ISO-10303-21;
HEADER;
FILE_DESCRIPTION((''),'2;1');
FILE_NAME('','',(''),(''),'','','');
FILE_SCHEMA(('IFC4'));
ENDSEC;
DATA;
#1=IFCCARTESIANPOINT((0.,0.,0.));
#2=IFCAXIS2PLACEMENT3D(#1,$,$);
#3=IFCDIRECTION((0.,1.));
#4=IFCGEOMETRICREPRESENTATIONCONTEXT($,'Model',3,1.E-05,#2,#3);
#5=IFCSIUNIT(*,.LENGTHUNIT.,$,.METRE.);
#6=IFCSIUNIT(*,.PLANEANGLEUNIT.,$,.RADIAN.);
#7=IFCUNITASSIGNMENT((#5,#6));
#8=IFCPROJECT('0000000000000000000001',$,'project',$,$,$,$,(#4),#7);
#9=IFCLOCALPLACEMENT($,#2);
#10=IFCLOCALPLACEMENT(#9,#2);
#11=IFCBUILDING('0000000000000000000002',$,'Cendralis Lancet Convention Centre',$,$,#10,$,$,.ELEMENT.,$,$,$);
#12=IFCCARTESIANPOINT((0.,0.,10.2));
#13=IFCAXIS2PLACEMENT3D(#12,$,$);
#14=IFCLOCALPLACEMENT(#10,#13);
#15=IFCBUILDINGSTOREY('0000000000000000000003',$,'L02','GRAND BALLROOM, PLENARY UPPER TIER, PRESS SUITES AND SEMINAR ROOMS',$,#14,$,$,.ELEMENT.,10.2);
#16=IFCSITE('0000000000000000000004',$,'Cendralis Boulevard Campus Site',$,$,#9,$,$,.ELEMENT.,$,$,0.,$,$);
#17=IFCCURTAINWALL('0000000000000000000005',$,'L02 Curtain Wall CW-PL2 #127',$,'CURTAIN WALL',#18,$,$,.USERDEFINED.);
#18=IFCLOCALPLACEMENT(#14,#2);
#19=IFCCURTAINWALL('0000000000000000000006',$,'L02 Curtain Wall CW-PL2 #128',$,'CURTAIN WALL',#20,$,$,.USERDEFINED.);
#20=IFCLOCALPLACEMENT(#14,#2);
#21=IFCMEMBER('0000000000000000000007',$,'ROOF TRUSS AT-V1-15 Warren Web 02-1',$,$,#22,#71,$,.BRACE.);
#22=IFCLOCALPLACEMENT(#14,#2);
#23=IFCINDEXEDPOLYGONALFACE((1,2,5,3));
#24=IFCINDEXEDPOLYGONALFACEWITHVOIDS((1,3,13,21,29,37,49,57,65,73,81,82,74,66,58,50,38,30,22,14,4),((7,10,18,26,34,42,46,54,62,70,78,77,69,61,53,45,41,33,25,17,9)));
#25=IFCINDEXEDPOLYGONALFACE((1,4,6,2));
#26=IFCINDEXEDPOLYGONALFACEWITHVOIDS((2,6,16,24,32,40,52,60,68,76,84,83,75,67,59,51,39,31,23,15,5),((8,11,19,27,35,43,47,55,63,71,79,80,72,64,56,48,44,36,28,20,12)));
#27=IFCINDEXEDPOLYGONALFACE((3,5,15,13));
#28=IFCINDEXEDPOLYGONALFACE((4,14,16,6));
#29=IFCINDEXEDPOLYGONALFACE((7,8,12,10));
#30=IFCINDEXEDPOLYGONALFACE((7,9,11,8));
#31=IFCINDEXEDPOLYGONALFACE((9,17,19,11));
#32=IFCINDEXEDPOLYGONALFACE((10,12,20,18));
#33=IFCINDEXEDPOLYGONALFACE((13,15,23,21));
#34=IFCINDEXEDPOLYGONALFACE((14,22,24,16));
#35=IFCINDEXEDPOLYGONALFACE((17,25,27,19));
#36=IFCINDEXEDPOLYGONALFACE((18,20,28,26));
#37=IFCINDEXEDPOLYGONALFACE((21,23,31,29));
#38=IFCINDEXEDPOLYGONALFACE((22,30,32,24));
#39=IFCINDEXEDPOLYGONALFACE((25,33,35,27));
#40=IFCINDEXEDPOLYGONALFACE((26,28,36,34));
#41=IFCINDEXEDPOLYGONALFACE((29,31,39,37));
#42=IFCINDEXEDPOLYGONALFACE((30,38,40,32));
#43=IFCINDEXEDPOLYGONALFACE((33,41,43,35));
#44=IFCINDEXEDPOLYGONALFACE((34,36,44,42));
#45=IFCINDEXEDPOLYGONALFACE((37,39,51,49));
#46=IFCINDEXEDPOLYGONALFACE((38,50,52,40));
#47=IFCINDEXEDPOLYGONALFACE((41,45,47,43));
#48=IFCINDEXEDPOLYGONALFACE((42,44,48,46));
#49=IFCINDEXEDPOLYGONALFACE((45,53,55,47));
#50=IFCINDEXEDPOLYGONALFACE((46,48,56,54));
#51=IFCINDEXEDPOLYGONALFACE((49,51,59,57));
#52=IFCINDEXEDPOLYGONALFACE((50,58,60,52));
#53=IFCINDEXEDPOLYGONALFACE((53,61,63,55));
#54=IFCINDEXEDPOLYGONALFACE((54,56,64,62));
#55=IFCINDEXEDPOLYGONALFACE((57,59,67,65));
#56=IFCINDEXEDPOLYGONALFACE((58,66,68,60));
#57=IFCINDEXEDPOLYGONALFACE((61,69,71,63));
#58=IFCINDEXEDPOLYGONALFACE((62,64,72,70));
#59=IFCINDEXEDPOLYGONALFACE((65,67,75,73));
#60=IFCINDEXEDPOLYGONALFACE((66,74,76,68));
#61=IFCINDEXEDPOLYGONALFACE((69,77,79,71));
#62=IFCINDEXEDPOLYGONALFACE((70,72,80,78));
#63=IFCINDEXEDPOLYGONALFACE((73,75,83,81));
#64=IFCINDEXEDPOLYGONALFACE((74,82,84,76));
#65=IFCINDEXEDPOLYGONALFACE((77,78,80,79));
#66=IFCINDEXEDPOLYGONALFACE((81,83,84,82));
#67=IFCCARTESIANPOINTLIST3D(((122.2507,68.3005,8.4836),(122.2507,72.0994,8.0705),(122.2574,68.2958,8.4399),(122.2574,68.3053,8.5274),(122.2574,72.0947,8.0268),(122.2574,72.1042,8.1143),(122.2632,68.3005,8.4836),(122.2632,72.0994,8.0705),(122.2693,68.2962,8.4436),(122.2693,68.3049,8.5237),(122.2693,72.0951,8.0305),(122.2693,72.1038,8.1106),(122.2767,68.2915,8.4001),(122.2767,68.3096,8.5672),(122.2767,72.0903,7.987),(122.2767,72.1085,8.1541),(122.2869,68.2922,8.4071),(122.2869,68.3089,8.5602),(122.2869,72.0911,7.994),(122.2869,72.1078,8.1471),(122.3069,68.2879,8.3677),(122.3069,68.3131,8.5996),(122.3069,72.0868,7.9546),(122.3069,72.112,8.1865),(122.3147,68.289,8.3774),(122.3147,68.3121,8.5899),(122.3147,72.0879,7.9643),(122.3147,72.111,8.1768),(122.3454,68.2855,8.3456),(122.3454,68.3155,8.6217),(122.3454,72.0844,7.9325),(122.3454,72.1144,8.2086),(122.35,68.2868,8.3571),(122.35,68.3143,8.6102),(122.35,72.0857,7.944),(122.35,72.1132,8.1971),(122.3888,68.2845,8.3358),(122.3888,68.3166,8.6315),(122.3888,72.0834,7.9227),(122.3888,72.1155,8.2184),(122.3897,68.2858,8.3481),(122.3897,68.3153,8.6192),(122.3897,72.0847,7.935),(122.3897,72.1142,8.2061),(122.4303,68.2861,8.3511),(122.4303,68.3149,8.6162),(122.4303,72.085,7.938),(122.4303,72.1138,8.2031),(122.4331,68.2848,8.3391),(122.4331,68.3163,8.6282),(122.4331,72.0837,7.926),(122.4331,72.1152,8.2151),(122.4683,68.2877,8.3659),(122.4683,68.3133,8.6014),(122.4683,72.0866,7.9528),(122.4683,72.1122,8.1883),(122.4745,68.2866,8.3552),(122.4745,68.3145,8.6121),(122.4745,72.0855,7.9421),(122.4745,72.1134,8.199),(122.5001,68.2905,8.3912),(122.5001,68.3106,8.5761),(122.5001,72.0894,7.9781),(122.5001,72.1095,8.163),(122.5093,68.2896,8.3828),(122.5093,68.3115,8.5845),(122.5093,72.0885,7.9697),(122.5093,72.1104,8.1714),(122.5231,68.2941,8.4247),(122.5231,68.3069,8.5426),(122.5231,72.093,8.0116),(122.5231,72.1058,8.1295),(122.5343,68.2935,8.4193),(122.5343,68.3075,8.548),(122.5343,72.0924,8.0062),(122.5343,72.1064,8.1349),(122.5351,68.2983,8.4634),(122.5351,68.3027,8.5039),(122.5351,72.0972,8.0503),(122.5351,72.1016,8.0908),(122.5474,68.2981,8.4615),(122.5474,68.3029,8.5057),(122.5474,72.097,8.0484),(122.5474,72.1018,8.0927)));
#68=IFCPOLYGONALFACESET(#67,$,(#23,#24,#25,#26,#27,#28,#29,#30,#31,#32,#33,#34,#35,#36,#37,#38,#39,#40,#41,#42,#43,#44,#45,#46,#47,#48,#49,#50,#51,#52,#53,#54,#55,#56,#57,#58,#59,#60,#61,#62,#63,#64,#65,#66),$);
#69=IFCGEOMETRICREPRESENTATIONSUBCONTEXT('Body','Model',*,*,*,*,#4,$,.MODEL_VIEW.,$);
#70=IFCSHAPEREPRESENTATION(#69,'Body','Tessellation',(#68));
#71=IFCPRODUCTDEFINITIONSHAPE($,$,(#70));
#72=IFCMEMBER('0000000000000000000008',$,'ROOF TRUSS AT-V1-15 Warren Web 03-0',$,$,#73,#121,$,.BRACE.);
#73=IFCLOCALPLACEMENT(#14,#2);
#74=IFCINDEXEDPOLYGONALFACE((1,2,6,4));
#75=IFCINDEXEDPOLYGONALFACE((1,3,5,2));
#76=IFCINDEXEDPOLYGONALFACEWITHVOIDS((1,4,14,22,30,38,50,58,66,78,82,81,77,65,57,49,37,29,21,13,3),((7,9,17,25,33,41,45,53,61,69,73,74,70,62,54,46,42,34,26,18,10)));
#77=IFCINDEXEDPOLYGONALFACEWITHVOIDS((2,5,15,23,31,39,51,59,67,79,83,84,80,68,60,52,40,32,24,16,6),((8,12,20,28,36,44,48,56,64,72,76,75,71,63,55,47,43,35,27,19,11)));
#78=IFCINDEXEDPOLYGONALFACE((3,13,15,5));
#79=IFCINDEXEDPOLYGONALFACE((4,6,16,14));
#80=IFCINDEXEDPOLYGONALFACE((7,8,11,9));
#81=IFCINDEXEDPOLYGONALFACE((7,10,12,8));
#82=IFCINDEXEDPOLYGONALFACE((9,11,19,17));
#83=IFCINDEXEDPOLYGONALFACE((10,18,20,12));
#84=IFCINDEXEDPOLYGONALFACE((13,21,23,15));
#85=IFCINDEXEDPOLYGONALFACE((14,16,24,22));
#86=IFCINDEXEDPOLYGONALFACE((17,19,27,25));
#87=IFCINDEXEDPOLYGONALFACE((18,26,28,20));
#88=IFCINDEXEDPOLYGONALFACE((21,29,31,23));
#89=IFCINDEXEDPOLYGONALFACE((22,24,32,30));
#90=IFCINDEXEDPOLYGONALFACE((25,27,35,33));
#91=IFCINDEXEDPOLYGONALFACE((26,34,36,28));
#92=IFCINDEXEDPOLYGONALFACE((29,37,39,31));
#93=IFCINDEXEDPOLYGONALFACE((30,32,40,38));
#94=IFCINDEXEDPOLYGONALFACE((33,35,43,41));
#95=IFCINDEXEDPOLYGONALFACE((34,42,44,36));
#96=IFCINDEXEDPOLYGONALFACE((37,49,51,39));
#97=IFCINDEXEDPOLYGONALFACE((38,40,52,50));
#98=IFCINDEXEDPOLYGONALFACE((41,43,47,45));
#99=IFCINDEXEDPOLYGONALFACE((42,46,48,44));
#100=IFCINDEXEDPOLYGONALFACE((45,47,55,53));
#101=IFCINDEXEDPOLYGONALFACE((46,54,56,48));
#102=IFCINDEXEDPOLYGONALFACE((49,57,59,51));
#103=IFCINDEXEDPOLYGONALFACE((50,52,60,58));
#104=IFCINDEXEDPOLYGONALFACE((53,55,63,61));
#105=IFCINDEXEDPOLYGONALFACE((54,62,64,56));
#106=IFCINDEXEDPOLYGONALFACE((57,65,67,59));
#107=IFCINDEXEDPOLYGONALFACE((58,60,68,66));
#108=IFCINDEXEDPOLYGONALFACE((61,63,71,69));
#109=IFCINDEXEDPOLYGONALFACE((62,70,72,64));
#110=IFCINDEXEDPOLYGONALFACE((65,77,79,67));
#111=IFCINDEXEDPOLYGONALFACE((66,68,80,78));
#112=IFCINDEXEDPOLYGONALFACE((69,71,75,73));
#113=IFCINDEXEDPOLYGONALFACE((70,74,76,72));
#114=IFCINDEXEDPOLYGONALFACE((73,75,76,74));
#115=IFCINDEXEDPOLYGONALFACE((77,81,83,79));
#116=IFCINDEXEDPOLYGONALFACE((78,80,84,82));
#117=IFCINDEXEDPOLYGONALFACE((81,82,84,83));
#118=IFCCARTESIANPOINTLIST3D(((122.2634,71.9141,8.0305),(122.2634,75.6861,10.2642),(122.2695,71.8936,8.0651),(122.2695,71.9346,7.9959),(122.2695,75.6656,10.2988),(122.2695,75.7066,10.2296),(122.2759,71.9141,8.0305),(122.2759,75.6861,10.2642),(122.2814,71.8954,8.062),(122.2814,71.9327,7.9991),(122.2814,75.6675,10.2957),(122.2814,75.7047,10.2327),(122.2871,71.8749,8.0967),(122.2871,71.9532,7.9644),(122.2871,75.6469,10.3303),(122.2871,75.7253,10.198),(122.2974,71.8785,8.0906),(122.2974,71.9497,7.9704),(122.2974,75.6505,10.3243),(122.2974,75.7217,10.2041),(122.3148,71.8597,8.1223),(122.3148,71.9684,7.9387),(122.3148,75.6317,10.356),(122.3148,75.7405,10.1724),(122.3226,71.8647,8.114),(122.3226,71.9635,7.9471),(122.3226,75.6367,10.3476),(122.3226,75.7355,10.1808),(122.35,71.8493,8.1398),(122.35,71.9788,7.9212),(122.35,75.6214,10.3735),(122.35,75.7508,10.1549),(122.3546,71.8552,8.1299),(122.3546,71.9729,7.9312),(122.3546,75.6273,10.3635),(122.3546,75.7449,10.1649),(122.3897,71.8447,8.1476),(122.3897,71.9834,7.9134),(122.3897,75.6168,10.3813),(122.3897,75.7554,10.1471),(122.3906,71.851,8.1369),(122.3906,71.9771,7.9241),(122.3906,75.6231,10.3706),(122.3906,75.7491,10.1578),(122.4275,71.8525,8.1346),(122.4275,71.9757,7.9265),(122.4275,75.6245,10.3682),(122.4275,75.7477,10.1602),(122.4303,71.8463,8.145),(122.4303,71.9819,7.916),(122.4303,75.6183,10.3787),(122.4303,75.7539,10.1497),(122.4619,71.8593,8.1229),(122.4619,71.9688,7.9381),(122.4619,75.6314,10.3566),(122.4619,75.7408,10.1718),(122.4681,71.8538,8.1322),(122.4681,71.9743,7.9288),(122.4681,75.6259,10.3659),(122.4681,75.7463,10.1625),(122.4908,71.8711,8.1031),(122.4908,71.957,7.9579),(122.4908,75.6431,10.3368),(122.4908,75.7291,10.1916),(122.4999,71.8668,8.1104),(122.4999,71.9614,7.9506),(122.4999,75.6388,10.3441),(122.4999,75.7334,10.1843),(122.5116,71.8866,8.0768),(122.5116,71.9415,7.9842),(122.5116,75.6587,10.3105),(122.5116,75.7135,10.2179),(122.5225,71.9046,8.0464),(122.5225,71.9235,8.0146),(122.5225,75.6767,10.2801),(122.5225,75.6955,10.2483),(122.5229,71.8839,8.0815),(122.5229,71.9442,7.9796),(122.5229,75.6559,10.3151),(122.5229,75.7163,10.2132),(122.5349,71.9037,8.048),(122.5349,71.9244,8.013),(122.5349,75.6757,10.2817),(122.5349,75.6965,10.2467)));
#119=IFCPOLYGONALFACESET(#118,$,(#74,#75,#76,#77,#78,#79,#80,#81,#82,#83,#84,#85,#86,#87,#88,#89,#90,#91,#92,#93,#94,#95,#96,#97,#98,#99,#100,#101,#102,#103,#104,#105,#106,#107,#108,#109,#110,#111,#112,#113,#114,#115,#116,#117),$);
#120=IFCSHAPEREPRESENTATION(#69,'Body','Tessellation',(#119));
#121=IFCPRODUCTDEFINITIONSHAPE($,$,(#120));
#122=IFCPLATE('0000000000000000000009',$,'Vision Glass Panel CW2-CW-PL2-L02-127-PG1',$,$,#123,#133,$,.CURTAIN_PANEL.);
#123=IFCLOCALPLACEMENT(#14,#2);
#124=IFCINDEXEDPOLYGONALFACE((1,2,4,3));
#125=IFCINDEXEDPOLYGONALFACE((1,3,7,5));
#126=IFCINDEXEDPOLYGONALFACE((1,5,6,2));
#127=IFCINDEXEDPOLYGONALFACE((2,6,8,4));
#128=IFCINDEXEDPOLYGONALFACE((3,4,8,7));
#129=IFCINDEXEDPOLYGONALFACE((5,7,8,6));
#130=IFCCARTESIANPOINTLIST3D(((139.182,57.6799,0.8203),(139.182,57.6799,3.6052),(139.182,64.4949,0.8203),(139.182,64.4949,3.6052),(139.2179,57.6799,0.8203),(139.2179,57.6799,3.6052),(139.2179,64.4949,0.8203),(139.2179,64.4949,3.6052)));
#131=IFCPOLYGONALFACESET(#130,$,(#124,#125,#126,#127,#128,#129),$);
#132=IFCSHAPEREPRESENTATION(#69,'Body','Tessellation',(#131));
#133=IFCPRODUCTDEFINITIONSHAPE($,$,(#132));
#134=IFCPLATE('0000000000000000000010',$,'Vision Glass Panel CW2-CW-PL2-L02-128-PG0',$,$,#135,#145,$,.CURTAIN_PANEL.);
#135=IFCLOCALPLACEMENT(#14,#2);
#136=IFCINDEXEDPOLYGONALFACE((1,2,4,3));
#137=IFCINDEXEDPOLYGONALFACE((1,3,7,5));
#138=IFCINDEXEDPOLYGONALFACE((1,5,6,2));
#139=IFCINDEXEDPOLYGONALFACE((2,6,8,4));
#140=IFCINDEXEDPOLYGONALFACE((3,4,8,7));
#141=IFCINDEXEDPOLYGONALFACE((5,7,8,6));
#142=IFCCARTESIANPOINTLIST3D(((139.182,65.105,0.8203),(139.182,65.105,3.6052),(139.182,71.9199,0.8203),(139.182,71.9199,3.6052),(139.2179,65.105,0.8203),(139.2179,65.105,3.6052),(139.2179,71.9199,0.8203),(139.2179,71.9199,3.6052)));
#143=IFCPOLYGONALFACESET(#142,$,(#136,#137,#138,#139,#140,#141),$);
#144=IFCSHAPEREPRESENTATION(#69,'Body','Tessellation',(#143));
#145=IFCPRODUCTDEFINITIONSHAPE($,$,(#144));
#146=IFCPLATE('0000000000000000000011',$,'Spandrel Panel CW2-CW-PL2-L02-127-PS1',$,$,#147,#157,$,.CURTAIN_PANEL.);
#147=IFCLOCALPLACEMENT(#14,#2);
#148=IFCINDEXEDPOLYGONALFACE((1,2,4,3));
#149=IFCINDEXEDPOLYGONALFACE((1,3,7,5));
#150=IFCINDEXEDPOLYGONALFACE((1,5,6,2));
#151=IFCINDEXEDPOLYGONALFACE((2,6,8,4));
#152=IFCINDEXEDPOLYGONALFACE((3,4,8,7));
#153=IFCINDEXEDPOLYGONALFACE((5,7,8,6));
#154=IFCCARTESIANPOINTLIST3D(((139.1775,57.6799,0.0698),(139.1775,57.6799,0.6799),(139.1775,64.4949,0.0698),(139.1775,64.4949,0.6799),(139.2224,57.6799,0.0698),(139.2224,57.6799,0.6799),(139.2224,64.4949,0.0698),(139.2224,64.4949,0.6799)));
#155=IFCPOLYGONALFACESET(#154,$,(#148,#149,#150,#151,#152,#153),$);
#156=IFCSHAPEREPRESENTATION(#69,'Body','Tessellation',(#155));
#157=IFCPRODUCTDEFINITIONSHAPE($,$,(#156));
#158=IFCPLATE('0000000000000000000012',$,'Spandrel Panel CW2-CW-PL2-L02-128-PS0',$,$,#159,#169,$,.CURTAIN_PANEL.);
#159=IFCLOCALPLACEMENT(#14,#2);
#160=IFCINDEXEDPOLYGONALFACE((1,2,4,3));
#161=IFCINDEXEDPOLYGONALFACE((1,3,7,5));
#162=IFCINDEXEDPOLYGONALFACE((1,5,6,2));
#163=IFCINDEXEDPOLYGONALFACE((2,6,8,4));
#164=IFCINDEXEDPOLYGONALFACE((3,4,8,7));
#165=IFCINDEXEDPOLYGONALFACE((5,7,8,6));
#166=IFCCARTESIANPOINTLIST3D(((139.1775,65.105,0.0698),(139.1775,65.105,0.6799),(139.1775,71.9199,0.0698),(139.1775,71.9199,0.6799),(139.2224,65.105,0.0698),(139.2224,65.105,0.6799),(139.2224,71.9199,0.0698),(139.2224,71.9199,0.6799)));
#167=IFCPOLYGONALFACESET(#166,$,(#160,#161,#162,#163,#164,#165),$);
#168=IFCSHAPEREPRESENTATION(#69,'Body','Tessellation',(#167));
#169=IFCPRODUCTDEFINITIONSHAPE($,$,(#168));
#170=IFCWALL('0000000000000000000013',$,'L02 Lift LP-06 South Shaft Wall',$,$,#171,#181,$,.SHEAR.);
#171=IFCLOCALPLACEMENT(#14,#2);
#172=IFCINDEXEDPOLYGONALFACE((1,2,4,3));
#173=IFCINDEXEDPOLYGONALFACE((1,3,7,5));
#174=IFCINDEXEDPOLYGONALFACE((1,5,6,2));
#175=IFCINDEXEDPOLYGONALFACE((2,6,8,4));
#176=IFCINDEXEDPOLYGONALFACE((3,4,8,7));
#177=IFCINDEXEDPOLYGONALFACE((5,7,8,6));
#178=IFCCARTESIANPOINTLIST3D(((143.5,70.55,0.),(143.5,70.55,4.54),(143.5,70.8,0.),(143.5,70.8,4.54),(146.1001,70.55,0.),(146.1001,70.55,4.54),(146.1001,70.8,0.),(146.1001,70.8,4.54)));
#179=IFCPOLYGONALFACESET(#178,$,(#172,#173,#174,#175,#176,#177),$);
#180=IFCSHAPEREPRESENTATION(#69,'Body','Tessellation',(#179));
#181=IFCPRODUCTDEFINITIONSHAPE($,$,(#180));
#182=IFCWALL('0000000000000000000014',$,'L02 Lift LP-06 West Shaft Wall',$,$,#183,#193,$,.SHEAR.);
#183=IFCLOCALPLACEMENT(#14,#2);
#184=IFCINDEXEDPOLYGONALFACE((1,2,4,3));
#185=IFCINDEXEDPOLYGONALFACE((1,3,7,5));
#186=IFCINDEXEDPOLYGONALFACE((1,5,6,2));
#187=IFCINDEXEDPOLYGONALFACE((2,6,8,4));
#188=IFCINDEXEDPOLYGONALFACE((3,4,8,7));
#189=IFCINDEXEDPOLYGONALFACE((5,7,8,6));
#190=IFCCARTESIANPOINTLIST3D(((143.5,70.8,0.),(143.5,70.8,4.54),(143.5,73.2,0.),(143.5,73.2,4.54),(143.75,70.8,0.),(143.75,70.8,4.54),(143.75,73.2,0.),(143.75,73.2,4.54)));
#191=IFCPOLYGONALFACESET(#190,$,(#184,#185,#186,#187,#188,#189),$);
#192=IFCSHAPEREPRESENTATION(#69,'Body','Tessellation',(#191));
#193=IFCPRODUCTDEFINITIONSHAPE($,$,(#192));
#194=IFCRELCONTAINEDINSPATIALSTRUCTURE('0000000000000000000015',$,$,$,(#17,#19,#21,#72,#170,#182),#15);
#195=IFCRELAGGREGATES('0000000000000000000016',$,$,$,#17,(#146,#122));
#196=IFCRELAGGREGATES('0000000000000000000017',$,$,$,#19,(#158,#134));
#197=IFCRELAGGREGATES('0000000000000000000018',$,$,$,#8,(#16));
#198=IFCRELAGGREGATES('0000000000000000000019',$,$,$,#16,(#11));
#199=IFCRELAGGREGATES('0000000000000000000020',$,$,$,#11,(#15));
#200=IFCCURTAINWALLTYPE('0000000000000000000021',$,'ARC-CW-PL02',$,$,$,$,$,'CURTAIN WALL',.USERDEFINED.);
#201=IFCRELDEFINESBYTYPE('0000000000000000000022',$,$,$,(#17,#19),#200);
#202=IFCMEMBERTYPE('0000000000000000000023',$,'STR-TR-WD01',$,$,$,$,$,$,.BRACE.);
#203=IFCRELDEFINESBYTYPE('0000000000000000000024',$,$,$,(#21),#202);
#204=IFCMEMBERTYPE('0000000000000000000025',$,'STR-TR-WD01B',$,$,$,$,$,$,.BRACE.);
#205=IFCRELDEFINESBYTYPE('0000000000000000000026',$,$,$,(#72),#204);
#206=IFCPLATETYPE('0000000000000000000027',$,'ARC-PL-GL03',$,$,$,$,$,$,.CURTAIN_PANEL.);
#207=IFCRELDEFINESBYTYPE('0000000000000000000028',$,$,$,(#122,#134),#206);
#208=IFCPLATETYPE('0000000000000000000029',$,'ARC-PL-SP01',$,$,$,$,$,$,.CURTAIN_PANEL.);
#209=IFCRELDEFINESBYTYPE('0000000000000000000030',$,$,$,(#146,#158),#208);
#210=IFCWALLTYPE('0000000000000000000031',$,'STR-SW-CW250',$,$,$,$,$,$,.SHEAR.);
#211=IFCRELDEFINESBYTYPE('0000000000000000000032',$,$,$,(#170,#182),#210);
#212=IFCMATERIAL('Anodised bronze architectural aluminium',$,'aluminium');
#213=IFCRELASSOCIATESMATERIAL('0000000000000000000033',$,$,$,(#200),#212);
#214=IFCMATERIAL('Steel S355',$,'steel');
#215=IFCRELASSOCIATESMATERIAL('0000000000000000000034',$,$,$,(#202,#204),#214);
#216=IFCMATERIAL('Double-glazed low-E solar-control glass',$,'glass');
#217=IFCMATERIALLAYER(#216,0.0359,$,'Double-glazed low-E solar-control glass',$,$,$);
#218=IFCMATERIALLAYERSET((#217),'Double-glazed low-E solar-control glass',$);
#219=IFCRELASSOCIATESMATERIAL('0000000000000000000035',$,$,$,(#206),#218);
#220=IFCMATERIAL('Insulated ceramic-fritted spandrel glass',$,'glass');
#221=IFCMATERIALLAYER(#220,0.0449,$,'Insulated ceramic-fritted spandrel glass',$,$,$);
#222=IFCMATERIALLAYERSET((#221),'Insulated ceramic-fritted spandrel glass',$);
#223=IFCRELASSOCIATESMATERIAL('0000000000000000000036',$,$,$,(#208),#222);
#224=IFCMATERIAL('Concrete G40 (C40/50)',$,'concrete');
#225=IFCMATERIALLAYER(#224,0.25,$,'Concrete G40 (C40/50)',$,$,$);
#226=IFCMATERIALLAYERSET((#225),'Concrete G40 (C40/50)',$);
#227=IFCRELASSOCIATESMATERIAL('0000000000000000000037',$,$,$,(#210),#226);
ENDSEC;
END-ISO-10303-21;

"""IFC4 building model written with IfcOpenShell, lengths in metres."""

from ifc_helpers import new_model, si_unit, direction, frame, frame_2d, origin, origin_2d, place, context, subcontext, project, spatial, rectangle, hollow_circle, extrude, material, layer, layer_set, material_profile, profile_set, type_object, element, aggregate, save


model = new_model("IFC4")

# Units and contexts
model_context = context("Model", 3, precision=1e-05, world=origin(), true_north=direction((0.0, 1.0)))
body_context = subcontext(model_context, "Body", "Model", "MODEL_VIEW")
ifc_project = project(units=[si_unit("LENGTHUNIT", "METRE"), si_unit("PLANEANGLEUNIT", "RADIAN")], contexts=[model_context])

# Site, building, storey
site_placement = place(None, origin())
site = spatial("IfcSite", under=ifc_project, at=site_placement, Name="Cendralis Boulevard Campus Site", CompositionType="ELEMENT", RefElevation=0.0)
building_placement = place(site_placement, origin())
building = spatial("IfcBuilding", under=site, at=building_placement, Name="Cendralis Lancet Convention Centre", CompositionType="ELEMENT")
storey_placement = place(building_placement, frame((0.0, 0.0, 10.2)))
storey = spatial("IfcBuildingStorey", under=building, at=storey_placement, Name="L02", Description="GRAND BALLROOM, PLENARY UPPER TIER, PRESS SUITES AND SEMINAR ROOMS", CompositionType="ELEMENT", Elevation=10.2)

# Shared definitions
ifc_material_1 = material(Name="Steel S355", Category="steel")

# Curtain wall
ifc_material_2 = material(Name="Anodised bronze architectural aluminium", Category="aluminium")
curtain_wall_type = type_object("IfcCurtainWallType", Name="ARC-CW-PL02", ElementType="CURTAIN WALL", PredefinedType="USERDEFINED", material=ifc_material_2)
curtain_wall_1_placement = place(storey_placement, origin())
curtain_wall_1 = element("IfcCurtainWall", 1, at=curtain_wall_1_placement, inside=storey, type_object=curtain_wall_type, Name="L02 Curtain Wall CW-PL2 #127", ObjectType="CURTAIN WALL", PredefinedType="USERDEFINED")

# Curtain wall
curtain_wall_2_placement = place(storey_placement, origin())
curtain_wall_2 = element("IfcCurtainWall", 2, at=curtain_wall_2_placement, inside=storey, type_object=curtain_wall_type, Name="L02 Curtain Wall CW-PL2 #128", ObjectType="CURTAIN WALL", PredefinedType="USERDEFINED")

# Shared definitions
ifc_material_3 = material(Name="Concrete G40 (C40/50)", Category="concrete")

# Members
ifc_material_profile_1 = material_profile(ifc_material_1, hollow_circle(Radius=0.1492, WallThickness=0.0125, at=origin_2d()), Name="CHS 298.5x12.5")
ifc_profile_set_1 = profile_set([ifc_material_profile_1], Name="Steel S355")
member_type_1 = type_object("IfcMemberType", Name="STR-TR-WD01", PredefinedType="BRACE", material=ifc_profile_set_1)
member_1_placement = place(storey_placement, frame((122.3999, 68.3005, 8.4836), z_axis=(0.0, 0.99414, -0.108103), x_axis=(-1.0, 0.0, 0.0)))
element("IfcMember", 3, at=member_1_placement, inside=storey, type_object=member_type_1, Name="ROOF TRUSS AT-V1-15 Warren Web 02-1", PredefinedType="BRACE", context=body_context, shape_type="SweptSolid", body=[
    extrude(hollow_circle(Radius=0.1492, WallThickness=0.0125, at=origin_2d()), origin(), (0.0, 0.0, 1.0), 3.8213),
])
ifc_material_profile_2 = material_profile(ifc_material_1, hollow_circle(Radius=0.1365, WallThickness=0.0125, at=origin_2d()), Name="CHS 273.0x12.5")
ifc_profile_set_2 = profile_set([ifc_material_profile_2], Name="Steel S355")
member_type_2 = type_object("IfcMemberType", Name="STR-TR-WD01B", PredefinedType="BRACE", material=ifc_profile_set_2)
member_2_placement = place(storey_placement, frame((122.3999, 71.9141, 8.0305), z_axis=(0.0, 0.860452, 0.509532), x_axis=(-1.0, 0.0, 0.0)))
element("IfcMember", 4, at=member_2_placement, inside=storey, type_object=member_type_2, Name="ROOF TRUSS AT-V1-15 Warren Web 03-0", PredefinedType="BRACE", context=body_context, shape_type="SweptSolid", body=[
    extrude(hollow_circle(Radius=0.1365, WallThickness=0.0125, at=origin_2d()), origin(), (0.0, 0.0, 1.0), 4.3838),
])

# Plates
ifc_material_4 = material(Name="Double-glazed low-E solar-control glass", Category="glass")
ifc_layer_1 = layer(ifc_material_4, 0.0359, Name="Double-glazed low-E solar-control glass")
ifc_layer_set_1 = layer_set([ifc_layer_1], Name="Double-glazed low-E solar-control glass")
plate_type_1 = type_object("IfcPlateType", Name="ARC-PL-GL03", PredefinedType="CURTAIN_PANEL", material=ifc_layer_set_1)
plate_1_placement = place(storey_placement, frame((139.2, 61.0874, 0.8203), z_axis=(0.0, 0.0, 1.0), x_axis=(0.0, 1.0, 0.0)))
plate_1 = element("IfcPlate", 5, at=plate_1_placement, type_object=plate_type_1, Name="Vision Glass Panel CW2-CW-PL2-L02-127-PG1", PredefinedType="CURTAIN_PANEL", context=body_context, shape_type="SweptSolid", body=[
    extrude(rectangle(XDim=6.8149, YDim=0.0359, at=origin_2d()), origin(), (0.0, 0.0, 1.0), 2.7849),
])
plate_2_placement = place(storey_placement, frame((139.2, 68.5125, 0.8203), z_axis=(0.0, 0.0, 1.0), x_axis=(0.0, 1.0, 0.0)))
plate_2 = element("IfcPlate", 6, at=plate_2_placement, type_object=plate_type_1, Name="Vision Glass Panel CW2-CW-PL2-L02-128-PG0", PredefinedType="CURTAIN_PANEL", context=body_context, shape_type="SweptSolid", body=[
    extrude(rectangle(XDim=6.8149, YDim=0.0359, at=origin_2d()), origin(), (0.0, 0.0, 1.0), 2.7849),
])
ifc_material_5 = material(Name="Insulated ceramic-fritted spandrel glass", Category="glass")
ifc_layer_2 = layer(ifc_material_5, 0.0449, Name="Insulated ceramic-fritted spandrel glass")
ifc_layer_set_2 = layer_set([ifc_layer_2], Name="Insulated ceramic-fritted spandrel glass")
plate_type_2 = type_object("IfcPlateType", Name="ARC-PL-SP01", PredefinedType="CURTAIN_PANEL", material=ifc_layer_set_2)
plate_3_placement = place(storey_placement, frame((139.2, 61.0874, 0.0698), z_axis=(0.0, 0.0, 1.0), x_axis=(0.0, 1.0, 0.0)))
plate_3 = element("IfcPlate", 7, at=plate_3_placement, type_object=plate_type_2, Name="Spandrel Panel CW2-CW-PL2-L02-127-PS1", PredefinedType="CURTAIN_PANEL", context=body_context, shape_type="SweptSolid", body=[
    extrude(rectangle(XDim=6.8149, YDim=0.0449, at=origin_2d()), origin(), (0.0, 0.0, 1.0), 0.6101),
])
aggregate(curtain_wall_1, [plate_3, plate_1])
plate_4_placement = place(storey_placement, frame((139.2, 68.5125, 0.0698), z_axis=(0.0, 0.0, 1.0), x_axis=(0.0, 1.0, 0.0)))
plate_4 = element("IfcPlate", 8, at=plate_4_placement, type_object=plate_type_2, Name="Spandrel Panel CW2-CW-PL2-L02-128-PS0", PredefinedType="CURTAIN_PANEL", context=body_context, shape_type="SweptSolid", body=[
    extrude(rectangle(XDim=6.8149, YDim=0.0449, at=origin_2d()), origin(), (0.0, 0.0, 1.0), 0.6101),
])
aggregate(curtain_wall_2, [plate_4, plate_2])

# Walls
ifc_layer_3 = layer(ifc_material_3, 0.25, Name="Concrete G40 (C40/50)")
ifc_layer_set_3 = layer_set([ifc_layer_3], Name="Concrete G40 (C40/50)")
wall_type_1 = type_object("IfcWallType", Name="STR-SW-CW250", PredefinedType="SHEAR", material=ifc_layer_set_3)
wall_1_placement = place(storey_placement, frame((143.5, 70.675, 0.0), z_axis=(0.0, 0.0, 1.0), x_axis=(1.0, 0.0, 0.0)))
element("IfcWall", 9, at=wall_1_placement, inside=storey, type_object=wall_type_1, Name="L02 Lift LP-06 South Shaft Wall", PredefinedType="SHEAR", context=body_context, shape_type="SweptSolid", body=[
    extrude(rectangle(XDim=2.6001, YDim=0.25, at=frame_2d((1.3, 0.0))), origin(), (0.0, 0.0, 1.0), 4.54),
])
wall_2_placement = place(storey_placement, frame((143.625, 70.8, 0.0), z_axis=(0.0, 0.0, 1.0), x_axis=(0.0, 1.0, 0.0)))
element("IfcWall", 10, at=wall_2_placement, inside=storey, type_object=wall_type_1, Name="L02 Lift LP-06 West Shaft Wall", PredefinedType="SHEAR", context=body_context, shape_type="SweptSolid", body=[
    extrude(rectangle(XDim=2.3999, YDim=0.25, at=frame_2d((1.2, 0.0))), origin(), (0.0, 0.0, 1.0), 4.54),
])

save(model, "model.ifc")
